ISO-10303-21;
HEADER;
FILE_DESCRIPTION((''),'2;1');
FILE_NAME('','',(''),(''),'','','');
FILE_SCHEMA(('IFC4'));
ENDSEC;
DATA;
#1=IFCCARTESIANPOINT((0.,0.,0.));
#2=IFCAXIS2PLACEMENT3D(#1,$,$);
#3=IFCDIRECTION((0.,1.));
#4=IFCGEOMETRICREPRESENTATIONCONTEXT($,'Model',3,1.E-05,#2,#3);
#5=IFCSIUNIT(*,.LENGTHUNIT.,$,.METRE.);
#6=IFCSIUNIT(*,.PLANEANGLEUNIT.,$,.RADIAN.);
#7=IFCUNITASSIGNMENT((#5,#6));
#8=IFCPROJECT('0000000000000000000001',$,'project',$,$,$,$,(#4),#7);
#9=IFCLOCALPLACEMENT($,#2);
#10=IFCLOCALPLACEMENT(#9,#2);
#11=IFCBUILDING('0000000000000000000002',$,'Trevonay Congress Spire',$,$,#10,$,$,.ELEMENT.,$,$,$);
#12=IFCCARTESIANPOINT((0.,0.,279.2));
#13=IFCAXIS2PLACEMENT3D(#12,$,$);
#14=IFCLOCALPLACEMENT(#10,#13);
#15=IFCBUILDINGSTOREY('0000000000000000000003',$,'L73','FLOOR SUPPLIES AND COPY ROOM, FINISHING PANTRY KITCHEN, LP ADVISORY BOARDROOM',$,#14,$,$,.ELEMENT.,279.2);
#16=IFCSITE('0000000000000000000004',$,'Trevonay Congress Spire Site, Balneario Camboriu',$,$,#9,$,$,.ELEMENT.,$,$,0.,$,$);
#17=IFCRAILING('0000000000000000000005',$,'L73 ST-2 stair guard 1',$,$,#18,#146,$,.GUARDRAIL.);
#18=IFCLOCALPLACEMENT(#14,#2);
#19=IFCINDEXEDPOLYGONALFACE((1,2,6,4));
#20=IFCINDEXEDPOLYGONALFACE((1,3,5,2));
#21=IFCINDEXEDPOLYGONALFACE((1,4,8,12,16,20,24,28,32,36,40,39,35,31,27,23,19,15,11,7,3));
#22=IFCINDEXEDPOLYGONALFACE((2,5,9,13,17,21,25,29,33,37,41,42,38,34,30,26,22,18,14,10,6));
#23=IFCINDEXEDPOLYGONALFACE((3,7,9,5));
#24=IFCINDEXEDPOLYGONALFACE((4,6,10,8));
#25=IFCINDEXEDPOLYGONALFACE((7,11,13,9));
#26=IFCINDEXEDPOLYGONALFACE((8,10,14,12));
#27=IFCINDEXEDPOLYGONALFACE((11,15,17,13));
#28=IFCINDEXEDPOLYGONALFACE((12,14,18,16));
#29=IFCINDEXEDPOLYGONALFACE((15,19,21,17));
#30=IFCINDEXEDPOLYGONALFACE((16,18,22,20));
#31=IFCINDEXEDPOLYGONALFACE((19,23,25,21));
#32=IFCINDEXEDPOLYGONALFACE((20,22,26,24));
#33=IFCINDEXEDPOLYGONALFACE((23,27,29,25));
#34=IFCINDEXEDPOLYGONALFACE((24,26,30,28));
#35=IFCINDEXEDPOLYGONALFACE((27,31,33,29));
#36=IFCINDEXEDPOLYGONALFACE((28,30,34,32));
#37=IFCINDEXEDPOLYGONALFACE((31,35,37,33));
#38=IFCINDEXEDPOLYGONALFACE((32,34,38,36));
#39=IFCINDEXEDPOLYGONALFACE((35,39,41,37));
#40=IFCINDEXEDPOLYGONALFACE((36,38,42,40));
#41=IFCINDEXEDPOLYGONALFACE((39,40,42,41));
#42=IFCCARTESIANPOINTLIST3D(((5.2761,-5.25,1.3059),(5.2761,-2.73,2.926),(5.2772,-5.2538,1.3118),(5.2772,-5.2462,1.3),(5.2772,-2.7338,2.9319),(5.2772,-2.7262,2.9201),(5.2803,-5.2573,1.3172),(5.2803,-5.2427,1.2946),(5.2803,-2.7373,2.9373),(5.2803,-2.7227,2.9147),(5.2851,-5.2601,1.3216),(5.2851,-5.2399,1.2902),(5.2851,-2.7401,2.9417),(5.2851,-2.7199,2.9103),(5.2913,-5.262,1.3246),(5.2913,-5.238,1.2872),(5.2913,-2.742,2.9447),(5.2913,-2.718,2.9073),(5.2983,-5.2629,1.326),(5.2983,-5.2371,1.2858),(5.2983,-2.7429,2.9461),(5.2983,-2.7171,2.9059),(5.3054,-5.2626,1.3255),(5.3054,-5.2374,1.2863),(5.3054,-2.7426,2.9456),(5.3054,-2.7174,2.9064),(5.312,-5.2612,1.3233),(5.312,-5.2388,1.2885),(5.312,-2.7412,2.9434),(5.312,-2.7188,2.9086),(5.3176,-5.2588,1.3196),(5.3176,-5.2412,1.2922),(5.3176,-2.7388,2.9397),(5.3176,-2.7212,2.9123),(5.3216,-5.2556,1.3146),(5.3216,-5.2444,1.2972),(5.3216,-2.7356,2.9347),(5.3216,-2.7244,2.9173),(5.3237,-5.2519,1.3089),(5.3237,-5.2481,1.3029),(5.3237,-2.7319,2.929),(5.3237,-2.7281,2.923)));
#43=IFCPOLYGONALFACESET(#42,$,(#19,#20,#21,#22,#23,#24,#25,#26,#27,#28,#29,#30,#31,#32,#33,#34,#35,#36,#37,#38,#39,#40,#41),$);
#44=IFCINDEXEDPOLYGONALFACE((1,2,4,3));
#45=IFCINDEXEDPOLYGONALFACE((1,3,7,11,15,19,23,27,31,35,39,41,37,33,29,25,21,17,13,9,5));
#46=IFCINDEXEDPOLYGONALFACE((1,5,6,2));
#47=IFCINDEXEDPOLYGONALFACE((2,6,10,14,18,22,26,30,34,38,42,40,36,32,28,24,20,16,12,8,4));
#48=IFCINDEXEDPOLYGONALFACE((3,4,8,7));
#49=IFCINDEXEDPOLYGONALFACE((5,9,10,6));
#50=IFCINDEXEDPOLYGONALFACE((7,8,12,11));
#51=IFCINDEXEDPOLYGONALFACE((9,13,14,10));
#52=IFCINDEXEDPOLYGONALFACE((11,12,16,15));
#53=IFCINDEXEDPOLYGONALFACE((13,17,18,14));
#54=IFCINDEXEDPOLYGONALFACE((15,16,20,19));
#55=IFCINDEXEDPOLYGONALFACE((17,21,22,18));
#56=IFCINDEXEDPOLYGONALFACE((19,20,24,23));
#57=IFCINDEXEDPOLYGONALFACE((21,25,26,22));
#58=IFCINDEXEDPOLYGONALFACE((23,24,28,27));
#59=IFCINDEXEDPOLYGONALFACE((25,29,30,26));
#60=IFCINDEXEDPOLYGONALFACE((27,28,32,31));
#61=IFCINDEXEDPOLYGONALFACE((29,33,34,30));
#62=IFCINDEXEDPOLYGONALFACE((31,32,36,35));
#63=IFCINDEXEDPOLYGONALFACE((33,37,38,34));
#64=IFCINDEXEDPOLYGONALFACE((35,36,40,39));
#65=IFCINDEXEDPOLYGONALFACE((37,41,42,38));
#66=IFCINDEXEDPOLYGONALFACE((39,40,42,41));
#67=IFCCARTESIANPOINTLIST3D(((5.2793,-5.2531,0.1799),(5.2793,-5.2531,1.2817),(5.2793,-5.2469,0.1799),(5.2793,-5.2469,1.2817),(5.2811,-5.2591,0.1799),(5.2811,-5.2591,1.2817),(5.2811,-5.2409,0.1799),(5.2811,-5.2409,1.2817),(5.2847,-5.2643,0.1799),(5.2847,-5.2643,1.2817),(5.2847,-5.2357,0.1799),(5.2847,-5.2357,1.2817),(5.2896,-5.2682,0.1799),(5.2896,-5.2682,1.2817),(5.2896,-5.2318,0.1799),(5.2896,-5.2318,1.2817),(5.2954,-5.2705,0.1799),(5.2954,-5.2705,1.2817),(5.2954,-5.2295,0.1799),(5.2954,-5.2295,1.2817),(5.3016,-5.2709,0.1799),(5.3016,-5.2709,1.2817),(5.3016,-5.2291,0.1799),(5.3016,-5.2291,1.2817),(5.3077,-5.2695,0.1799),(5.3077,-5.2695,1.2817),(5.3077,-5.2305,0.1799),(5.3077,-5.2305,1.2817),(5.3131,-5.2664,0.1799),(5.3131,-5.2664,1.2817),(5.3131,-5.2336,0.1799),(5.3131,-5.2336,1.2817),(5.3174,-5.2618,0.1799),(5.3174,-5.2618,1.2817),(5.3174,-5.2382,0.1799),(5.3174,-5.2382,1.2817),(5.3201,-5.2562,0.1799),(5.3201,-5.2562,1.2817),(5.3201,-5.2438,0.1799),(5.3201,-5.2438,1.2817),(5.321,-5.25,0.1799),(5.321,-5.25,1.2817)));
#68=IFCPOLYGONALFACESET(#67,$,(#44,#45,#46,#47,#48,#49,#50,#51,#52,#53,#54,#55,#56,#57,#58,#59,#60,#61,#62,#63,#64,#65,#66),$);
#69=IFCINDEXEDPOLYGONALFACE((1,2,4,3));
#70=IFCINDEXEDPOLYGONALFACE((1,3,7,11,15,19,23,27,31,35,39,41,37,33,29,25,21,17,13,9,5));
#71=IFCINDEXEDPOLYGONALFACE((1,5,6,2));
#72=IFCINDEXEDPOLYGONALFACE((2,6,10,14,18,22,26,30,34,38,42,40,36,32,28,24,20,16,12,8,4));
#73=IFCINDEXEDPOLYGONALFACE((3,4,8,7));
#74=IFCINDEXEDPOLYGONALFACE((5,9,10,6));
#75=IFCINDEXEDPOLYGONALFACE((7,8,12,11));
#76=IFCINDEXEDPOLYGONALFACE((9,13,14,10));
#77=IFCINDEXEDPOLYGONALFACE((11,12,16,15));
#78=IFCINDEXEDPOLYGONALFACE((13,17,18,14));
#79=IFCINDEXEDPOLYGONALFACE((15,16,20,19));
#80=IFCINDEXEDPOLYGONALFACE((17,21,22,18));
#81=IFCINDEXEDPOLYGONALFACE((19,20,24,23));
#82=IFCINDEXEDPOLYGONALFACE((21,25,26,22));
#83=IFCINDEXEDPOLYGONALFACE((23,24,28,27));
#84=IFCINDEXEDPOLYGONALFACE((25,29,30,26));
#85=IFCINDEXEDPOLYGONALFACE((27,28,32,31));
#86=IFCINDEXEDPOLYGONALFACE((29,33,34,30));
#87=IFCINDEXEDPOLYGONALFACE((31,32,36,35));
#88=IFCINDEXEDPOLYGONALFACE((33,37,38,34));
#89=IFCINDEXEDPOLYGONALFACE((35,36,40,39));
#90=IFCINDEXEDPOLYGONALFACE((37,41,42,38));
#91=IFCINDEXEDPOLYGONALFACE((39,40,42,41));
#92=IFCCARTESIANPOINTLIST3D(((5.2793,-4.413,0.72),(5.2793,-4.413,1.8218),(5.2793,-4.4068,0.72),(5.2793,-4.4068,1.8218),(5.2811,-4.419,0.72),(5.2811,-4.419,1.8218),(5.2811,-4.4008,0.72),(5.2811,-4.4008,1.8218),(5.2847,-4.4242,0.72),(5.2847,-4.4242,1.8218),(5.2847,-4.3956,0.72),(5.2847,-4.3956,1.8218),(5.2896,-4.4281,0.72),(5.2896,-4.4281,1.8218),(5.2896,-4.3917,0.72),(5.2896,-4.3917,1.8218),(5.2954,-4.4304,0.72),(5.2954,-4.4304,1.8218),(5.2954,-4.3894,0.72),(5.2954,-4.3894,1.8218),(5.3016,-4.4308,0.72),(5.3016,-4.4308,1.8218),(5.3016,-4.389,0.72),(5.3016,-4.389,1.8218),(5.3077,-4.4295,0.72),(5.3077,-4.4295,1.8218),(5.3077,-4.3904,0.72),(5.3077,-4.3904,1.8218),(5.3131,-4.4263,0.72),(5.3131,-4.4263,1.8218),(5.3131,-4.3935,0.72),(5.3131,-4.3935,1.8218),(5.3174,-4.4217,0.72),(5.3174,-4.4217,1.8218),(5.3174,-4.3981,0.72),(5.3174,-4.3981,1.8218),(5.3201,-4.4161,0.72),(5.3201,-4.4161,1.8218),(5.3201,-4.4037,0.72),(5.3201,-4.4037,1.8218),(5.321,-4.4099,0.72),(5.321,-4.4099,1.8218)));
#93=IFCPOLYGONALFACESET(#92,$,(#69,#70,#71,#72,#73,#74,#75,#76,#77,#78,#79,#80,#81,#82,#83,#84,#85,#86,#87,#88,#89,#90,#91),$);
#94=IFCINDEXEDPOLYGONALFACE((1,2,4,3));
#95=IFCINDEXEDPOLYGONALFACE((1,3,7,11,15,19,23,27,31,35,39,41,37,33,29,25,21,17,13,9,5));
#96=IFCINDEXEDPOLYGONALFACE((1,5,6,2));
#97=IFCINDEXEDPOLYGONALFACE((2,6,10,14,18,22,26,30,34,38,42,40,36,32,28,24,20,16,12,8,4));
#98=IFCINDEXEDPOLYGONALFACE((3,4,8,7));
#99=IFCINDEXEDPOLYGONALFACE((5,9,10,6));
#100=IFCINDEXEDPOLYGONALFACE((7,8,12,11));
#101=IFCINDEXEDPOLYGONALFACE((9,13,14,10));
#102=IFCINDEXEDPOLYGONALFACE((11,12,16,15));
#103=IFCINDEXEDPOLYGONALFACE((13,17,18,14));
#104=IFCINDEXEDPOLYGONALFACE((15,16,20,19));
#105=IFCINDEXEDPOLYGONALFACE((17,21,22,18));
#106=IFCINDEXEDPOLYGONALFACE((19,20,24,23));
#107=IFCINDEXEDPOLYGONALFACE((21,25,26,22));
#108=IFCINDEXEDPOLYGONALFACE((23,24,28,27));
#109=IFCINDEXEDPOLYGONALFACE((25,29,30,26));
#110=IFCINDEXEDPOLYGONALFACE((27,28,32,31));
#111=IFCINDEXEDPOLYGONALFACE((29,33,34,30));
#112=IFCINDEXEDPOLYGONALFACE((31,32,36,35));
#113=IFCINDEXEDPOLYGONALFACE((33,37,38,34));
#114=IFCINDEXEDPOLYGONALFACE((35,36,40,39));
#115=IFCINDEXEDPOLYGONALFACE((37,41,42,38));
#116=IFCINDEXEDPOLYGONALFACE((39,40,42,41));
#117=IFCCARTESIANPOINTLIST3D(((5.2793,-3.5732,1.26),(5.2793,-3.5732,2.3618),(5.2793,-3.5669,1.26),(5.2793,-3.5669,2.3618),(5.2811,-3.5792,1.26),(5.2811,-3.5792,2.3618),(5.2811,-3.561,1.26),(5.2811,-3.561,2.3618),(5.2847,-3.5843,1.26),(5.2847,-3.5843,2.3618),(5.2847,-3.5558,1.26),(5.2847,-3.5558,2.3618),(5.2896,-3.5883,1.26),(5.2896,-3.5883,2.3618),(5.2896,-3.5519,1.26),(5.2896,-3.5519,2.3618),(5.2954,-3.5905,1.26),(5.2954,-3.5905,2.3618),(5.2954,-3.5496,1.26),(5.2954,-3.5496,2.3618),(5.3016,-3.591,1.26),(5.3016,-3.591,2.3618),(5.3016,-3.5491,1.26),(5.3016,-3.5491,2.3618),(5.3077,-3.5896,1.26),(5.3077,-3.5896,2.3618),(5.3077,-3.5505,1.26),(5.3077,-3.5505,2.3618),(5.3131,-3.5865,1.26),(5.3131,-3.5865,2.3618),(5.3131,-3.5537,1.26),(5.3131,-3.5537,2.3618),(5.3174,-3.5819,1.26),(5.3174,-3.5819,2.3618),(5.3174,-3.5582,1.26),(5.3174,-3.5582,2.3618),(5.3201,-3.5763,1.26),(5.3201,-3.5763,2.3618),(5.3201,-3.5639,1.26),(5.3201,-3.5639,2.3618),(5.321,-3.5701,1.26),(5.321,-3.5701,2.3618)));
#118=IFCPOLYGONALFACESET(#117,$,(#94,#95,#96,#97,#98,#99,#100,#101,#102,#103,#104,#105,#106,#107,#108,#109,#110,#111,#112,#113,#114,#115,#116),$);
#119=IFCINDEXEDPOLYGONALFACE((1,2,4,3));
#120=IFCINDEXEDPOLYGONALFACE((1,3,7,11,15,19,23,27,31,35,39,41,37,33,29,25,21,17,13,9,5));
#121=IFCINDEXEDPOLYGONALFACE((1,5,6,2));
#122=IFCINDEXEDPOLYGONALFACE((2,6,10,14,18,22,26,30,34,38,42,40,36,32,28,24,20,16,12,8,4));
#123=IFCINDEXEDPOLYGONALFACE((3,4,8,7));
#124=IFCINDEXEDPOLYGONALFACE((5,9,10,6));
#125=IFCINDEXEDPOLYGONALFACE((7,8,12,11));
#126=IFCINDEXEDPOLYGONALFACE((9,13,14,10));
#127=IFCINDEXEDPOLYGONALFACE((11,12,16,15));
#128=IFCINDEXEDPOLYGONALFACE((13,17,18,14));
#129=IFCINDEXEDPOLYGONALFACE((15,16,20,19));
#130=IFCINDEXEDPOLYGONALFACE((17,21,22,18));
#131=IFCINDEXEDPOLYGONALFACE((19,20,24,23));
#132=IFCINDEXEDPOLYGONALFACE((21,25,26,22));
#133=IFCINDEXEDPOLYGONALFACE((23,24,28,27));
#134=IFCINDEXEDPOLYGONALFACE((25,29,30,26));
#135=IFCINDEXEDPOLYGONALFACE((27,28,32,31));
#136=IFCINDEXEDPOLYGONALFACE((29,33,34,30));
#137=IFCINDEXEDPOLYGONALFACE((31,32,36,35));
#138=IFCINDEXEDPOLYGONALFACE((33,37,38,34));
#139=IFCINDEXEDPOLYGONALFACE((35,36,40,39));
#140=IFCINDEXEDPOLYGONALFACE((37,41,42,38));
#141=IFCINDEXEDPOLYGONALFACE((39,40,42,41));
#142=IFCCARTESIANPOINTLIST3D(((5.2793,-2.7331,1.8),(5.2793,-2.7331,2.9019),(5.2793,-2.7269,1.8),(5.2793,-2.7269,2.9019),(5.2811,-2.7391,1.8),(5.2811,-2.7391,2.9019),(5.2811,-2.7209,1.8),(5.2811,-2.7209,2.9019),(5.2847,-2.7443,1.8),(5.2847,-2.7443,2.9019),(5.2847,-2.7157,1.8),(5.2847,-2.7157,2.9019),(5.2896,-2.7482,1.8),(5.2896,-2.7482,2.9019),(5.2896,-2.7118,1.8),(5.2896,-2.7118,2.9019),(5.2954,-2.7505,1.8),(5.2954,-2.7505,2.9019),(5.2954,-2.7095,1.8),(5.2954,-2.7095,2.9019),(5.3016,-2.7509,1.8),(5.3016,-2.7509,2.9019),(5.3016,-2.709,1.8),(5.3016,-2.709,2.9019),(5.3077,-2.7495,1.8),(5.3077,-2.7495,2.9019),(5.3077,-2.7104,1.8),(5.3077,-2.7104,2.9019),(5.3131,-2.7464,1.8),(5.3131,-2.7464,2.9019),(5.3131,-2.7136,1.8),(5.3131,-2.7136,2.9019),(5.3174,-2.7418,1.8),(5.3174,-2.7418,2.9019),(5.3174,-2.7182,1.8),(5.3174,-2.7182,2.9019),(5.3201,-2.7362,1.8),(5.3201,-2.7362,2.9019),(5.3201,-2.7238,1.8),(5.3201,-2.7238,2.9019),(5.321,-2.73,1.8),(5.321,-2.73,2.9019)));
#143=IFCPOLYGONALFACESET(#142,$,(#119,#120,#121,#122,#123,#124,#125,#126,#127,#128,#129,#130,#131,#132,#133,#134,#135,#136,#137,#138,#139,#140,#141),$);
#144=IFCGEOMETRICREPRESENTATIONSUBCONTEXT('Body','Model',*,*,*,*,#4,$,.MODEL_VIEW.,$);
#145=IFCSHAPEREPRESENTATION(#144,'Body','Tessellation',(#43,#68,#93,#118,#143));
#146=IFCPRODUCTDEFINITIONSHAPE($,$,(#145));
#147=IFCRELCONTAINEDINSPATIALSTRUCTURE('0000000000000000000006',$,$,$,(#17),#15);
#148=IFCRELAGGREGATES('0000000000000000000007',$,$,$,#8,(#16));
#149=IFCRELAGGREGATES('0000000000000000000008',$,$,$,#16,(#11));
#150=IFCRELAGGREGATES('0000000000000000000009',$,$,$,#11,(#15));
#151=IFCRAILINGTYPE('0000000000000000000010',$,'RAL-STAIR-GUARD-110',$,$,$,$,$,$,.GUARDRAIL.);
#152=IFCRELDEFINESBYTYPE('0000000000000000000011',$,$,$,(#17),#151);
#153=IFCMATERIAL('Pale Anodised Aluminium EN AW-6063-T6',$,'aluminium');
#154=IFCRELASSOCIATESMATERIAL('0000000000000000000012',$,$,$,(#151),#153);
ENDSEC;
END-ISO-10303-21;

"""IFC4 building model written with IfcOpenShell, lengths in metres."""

from ifc_helpers import new_model, si_unit, direction, frame, origin, origin_2d, place, context, subcontext, project, spatial, circle, extrude, material, type_object, element, save


model = new_model("IFC4")

# Units and contexts
model_context = context("Model", 3, precision=1e-05, world=origin(), true_north=direction((0.0, 1.0)))
body_context = subcontext(model_context, "Body", "Model", "MODEL_VIEW")
ifc_project = project(units=[si_unit("LENGTHUNIT", "METRE"), si_unit("PLANEANGLEUNIT", "RADIAN")], contexts=[model_context])

# Site, building, storey
site_placement = place(None, origin())
site = spatial("IfcSite", under=ifc_project, at=site_placement, Name="Trevonay Congress Spire Site, Balneario Camboriu", CompositionType="ELEMENT", RefElevation=0.0)
building_placement = place(site_placement, origin())
building = spatial("IfcBuilding", under=site, at=building_placement, Name="Trevonay Congress Spire", CompositionType="ELEMENT")
storey_placement = place(building_placement, frame((0.0, 0.0, 279.2)))
storey = spatial("IfcBuildingStorey", under=building, at=storey_placement, Name="L73", Description="FLOOR SUPPLIES AND COPY ROOM, FINISHING PANTRY KITCHEN, LP ADVISORY BOARDROOM", CompositionType="ELEMENT", Elevation=279.2)

# Shared definitions
ifc_material_1 = material(Name="Pale Anodised Aluminium EN AW-6063-T6", Category="aluminium")

# Railing
railing_type_1 = type_object("IfcRailingType", Name="RAL-STAIR-GUARD-110", PredefinedType="GUARDRAIL", material=ifc_material_1)
railing_1_placement = place(storey_placement, frame((5.3, -5.25, 0.1799)))
element("IfcRailing", 1, at=railing_1_placement, inside=storey, type_object=railing_type_1, Name="L73 ST-2 stair guard 1", PredefinedType="GUARDRAIL", context=body_context, shape_type="SweptSolid", body=[
    extrude(circle(Radius=0.0239, at=origin_2d()), frame((0.0, 0.0, 1.126), z_axis=(0.0, 0.841163, 0.540782), x_axis=(-1.0, 0.0, 0.0)), (0.0, 0.0, 1.0), 2.9958),
    extrude(circle(Radius=0.021, at=origin_2d()), origin(), (0.0, 0.0, 1.0), 1.1018),
    extrude(circle(Radius=0.021, at=origin_2d()), frame((0.0, 0.8401, 0.54)), (0.0, 0.0, 1.0), 1.1018),
    extrude(circle(Radius=0.021, at=origin_2d()), frame((0.0, 1.6799, 1.0801)), (0.0, 0.0, 1.0), 1.1018),
    extrude(circle(Radius=0.021, at=origin_2d()), frame((0.0, 2.52, 1.6201)), (0.0, 0.0, 1.0), 1.1018),
])

save(model, "model.ifc")
